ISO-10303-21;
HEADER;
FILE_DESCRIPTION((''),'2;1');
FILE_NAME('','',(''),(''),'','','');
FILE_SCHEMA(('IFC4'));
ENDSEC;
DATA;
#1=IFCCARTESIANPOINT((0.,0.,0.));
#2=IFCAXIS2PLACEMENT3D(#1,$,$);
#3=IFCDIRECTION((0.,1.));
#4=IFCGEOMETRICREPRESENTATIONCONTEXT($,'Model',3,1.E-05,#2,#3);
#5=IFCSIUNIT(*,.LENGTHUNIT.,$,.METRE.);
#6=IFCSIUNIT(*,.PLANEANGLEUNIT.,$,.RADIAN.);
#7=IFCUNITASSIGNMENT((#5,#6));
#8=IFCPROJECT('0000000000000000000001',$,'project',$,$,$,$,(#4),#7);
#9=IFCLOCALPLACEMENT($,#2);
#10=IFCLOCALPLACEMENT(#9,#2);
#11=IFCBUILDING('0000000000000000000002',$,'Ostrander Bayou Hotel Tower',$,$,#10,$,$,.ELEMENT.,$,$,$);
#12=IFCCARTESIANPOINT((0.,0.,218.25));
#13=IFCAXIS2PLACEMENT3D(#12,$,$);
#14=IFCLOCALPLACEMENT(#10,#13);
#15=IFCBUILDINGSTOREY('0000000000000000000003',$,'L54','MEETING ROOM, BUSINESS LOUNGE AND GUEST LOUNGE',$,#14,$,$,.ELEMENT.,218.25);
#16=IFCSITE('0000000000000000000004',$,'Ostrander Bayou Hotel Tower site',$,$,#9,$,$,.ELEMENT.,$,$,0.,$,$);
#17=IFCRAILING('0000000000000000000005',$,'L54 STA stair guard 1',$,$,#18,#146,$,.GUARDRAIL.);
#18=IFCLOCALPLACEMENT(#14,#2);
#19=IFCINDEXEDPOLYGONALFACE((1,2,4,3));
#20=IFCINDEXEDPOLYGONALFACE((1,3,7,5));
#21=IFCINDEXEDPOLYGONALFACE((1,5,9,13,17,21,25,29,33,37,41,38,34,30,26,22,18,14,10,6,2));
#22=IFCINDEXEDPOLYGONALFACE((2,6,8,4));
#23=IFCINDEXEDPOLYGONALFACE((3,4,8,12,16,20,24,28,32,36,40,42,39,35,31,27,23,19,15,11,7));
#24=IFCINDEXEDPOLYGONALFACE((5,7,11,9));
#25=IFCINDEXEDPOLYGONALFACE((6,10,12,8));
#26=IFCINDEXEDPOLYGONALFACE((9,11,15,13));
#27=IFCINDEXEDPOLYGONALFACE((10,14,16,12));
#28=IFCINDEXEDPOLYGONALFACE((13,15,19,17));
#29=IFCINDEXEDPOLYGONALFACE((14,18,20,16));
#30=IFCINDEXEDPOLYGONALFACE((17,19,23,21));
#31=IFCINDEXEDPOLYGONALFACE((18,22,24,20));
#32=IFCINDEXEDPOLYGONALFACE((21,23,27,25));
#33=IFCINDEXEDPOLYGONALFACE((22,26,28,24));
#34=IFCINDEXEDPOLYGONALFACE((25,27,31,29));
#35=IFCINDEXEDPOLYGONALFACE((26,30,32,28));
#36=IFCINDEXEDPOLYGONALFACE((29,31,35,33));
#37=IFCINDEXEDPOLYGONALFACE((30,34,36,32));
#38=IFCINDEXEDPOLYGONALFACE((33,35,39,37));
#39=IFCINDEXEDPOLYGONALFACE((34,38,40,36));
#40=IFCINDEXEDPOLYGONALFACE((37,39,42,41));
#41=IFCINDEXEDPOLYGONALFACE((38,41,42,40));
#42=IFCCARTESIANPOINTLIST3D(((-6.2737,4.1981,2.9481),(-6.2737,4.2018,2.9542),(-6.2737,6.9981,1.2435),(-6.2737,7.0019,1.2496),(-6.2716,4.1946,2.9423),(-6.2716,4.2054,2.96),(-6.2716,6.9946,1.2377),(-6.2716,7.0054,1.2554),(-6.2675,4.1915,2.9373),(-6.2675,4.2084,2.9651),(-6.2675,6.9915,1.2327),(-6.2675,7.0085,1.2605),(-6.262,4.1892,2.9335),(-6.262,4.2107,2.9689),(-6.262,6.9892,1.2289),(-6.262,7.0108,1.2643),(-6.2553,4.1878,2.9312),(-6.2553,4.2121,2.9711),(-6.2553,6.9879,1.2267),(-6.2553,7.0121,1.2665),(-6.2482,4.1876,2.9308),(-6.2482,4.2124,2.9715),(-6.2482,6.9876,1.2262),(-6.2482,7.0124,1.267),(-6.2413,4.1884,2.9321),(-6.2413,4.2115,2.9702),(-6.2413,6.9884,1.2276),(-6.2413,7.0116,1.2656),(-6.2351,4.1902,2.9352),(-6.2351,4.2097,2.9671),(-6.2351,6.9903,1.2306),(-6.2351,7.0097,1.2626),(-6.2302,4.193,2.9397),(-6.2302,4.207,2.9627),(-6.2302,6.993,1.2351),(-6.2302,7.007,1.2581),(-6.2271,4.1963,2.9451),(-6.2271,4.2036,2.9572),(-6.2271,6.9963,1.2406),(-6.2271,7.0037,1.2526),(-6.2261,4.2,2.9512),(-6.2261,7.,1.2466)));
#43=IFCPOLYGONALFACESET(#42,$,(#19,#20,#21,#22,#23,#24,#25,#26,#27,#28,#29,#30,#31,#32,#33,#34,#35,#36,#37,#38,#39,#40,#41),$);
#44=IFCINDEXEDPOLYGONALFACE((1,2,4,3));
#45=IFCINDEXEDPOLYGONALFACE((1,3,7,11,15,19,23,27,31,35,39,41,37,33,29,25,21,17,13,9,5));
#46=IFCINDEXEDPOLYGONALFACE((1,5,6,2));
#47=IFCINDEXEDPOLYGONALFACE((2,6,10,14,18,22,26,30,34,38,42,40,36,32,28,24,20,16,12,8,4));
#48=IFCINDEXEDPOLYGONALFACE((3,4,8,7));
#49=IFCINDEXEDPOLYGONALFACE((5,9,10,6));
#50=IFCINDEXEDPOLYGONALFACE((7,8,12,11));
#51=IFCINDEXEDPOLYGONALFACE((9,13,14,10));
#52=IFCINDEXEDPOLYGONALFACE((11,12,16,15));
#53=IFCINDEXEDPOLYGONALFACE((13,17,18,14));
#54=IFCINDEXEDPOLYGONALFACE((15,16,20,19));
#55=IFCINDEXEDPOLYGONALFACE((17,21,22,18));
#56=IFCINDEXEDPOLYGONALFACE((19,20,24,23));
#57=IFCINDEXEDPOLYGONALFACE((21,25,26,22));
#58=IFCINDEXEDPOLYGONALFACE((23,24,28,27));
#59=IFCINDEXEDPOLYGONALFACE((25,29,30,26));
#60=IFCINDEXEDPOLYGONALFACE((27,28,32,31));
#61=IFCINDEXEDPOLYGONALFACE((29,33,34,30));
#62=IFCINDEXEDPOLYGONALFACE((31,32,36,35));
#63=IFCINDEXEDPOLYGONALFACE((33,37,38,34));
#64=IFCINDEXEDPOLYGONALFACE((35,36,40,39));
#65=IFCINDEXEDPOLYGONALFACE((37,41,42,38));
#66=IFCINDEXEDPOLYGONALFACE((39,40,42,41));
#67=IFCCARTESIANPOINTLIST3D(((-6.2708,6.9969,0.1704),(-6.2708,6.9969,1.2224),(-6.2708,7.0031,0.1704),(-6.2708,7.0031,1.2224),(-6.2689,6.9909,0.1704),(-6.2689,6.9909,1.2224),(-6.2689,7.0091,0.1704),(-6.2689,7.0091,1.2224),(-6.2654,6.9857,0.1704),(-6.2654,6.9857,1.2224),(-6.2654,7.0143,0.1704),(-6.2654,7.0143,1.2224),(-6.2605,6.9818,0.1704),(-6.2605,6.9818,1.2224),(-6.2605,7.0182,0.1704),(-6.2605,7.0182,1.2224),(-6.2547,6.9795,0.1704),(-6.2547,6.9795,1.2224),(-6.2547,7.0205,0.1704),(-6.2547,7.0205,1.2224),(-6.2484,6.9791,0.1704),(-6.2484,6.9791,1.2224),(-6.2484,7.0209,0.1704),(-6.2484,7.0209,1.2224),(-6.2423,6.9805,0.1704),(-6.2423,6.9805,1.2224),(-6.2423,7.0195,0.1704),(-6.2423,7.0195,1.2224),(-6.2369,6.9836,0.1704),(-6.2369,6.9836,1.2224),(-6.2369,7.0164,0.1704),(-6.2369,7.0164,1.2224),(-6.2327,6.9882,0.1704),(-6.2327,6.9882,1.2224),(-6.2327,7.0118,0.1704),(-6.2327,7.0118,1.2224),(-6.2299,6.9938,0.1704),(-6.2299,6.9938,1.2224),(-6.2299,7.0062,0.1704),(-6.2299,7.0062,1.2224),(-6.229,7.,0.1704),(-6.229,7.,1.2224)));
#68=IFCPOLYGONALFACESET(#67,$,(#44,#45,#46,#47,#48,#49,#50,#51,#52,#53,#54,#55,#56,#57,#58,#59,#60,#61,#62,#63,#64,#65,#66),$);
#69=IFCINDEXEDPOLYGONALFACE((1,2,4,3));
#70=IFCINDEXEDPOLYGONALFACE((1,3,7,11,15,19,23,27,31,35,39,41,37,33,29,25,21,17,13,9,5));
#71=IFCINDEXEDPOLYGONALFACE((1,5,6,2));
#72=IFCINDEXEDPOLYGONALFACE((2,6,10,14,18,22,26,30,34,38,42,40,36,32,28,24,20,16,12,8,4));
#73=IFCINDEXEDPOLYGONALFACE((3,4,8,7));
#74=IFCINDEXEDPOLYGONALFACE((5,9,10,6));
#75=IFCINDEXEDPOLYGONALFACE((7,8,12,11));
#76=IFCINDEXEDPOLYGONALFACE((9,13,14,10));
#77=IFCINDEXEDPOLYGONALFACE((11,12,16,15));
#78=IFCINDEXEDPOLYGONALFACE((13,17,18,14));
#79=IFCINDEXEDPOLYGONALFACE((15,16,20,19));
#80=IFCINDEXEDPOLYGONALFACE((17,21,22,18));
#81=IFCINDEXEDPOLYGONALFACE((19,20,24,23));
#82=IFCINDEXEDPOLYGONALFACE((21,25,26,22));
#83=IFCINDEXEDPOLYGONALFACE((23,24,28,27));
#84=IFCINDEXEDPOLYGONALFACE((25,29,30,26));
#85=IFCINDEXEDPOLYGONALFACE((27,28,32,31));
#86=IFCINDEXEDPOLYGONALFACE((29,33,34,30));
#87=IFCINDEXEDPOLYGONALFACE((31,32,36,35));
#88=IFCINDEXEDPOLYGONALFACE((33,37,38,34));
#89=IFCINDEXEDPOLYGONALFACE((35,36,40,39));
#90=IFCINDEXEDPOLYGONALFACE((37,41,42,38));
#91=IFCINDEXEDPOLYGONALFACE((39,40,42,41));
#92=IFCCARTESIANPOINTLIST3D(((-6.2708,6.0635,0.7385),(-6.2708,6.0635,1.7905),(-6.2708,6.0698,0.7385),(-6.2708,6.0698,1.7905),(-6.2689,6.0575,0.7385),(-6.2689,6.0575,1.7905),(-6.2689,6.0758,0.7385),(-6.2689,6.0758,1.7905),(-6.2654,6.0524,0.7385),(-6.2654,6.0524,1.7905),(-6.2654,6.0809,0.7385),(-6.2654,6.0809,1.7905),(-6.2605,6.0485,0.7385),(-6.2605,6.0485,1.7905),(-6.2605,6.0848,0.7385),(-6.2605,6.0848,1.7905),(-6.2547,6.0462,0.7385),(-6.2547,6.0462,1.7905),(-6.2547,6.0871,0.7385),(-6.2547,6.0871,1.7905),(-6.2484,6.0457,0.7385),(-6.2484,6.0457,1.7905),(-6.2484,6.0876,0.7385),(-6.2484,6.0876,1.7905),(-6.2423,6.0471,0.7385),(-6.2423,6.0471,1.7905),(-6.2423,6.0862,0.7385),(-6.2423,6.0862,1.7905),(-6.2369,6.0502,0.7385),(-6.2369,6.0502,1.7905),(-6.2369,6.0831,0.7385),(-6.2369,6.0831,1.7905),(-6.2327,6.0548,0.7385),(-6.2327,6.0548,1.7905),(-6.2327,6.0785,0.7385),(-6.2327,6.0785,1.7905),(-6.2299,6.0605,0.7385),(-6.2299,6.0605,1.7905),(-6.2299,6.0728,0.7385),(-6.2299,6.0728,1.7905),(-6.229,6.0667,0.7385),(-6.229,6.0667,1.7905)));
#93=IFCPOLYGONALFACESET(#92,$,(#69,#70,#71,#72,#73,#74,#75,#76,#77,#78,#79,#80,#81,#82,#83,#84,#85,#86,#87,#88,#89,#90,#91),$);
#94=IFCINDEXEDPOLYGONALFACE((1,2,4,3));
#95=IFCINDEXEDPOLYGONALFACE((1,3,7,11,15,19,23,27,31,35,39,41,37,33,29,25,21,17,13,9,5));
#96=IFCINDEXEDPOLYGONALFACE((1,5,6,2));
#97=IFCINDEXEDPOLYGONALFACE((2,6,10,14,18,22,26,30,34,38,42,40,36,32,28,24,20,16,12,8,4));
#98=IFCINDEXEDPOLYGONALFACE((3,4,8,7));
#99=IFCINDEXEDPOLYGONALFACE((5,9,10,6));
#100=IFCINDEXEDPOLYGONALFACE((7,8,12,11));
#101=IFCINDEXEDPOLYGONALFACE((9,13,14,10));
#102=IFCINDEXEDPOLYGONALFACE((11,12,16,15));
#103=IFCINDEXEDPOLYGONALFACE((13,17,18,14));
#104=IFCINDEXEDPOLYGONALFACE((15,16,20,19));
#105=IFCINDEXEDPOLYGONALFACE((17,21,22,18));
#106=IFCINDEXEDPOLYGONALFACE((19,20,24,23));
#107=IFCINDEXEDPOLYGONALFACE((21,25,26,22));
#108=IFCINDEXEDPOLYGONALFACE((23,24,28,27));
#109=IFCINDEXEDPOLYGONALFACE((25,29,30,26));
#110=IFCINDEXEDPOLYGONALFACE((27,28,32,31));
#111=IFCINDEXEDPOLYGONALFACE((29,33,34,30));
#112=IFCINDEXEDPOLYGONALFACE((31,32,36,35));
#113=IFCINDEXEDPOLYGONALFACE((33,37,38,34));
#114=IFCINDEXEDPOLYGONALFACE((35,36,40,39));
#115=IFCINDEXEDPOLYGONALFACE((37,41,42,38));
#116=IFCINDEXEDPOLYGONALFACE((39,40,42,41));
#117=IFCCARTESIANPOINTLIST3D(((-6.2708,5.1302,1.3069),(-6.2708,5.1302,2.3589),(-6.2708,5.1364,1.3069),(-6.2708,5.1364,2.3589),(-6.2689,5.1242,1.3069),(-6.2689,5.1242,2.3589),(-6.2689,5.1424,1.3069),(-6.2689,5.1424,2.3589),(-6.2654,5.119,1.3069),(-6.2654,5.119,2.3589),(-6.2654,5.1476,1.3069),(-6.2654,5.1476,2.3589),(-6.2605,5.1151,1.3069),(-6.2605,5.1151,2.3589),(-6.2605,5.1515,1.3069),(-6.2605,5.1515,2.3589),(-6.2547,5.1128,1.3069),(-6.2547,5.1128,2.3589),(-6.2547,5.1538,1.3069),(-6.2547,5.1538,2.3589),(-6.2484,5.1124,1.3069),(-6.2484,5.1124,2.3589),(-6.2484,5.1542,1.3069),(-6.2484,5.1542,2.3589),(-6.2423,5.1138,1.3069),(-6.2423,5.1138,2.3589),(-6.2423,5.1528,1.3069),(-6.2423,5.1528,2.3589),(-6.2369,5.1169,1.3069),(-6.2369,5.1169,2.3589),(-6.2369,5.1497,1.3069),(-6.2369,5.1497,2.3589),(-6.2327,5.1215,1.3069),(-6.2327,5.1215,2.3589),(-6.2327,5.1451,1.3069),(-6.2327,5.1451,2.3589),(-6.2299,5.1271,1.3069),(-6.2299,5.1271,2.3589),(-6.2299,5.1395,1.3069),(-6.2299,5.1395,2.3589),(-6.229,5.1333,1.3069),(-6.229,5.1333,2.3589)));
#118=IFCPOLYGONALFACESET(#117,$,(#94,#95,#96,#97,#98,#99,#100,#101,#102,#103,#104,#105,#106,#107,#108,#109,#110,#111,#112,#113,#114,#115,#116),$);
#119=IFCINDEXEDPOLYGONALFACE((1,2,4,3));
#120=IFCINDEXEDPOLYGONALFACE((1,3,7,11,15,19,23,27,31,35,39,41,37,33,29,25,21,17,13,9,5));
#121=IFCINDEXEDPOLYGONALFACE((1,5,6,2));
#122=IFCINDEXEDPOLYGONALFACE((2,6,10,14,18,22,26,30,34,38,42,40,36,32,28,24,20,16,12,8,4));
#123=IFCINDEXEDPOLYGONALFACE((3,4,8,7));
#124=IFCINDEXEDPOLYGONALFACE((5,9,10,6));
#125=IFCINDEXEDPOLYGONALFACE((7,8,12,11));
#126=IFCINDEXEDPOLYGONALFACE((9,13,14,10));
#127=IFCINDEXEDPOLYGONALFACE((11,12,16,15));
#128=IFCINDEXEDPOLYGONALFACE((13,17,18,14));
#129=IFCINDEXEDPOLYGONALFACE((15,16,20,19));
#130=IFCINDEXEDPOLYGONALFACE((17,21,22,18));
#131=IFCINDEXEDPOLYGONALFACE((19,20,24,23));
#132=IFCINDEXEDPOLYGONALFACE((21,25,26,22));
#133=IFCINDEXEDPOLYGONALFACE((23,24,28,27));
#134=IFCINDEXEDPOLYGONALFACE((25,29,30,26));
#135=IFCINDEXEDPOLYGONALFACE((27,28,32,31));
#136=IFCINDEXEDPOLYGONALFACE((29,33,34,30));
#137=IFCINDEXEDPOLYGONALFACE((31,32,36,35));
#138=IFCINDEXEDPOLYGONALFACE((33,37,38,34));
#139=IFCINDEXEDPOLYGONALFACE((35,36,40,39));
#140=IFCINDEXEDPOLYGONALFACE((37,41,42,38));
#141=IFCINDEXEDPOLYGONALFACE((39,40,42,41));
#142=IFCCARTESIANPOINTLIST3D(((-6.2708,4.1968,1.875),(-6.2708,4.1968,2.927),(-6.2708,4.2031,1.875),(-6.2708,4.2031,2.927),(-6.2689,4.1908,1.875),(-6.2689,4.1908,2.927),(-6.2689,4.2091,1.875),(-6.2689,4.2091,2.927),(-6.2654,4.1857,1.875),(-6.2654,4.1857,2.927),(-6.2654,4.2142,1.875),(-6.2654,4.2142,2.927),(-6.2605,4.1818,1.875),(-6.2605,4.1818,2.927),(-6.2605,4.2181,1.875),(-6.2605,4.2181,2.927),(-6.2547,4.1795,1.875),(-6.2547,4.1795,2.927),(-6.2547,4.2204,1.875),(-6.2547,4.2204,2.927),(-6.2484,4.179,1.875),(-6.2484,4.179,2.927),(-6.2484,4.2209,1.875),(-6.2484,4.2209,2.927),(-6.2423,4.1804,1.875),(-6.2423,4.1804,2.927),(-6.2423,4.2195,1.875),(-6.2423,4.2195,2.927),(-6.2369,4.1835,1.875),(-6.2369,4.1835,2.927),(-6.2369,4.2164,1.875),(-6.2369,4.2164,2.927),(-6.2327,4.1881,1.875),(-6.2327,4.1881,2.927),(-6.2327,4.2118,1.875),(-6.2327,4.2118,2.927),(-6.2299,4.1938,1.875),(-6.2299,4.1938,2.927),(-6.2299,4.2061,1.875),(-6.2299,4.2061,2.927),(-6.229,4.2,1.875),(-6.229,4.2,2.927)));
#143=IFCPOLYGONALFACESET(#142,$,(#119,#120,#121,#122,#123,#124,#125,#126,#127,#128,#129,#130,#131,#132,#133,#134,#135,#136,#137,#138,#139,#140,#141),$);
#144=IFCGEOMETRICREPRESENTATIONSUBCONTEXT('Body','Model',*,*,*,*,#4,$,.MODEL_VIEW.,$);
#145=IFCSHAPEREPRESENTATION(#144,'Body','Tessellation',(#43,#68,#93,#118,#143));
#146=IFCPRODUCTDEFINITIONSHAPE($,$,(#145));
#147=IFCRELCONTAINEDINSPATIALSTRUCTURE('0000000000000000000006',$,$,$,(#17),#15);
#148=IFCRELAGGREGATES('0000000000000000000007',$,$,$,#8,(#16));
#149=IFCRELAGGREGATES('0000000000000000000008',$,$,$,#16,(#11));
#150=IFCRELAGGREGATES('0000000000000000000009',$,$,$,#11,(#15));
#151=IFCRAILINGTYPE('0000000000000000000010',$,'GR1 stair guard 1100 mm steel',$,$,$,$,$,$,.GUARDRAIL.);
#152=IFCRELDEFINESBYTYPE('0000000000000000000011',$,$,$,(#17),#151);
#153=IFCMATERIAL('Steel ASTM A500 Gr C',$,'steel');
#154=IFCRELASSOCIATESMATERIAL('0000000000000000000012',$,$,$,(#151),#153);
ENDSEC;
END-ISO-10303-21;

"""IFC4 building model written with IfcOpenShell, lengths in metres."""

from ifc_helpers import new_model, si_unit, direction, frame, origin, origin_2d, place, context, subcontext, project, spatial, circle, extrude, material, type_object, element, save


model = new_model("IFC4")

# Units and contexts
model_context = context("Model", 3, precision=1e-05, world=origin(), true_north=direction((0.0, 1.0)))
body_context = subcontext(model_context, "Body", "Model", "MODEL_VIEW")
ifc_project = project(units=[si_unit("LENGTHUNIT", "METRE"), si_unit("PLANEANGLEUNIT", "RADIAN")], contexts=[model_context])

# Site, building, storey
site_placement = place(None, origin())
site = spatial("IfcSite", under=ifc_project, at=site_placement, Name="Ostrander Bayou Hotel Tower site", CompositionType="ELEMENT", RefElevation=0.0)
building_placement = place(site_placement, origin())
building = spatial("IfcBuilding", under=site, at=building_placement, Name="Ostrander Bayou Hotel Tower", CompositionType="ELEMENT")
storey_placement = place(building_placement, frame((0.0, 0.0, 218.25)))
storey = spatial("IfcBuildingStorey", under=building, at=storey_placement, Name="L54", Description="MEETING ROOM, BUSINESS LOUNGE AND GUEST LOUNGE", CompositionType="ELEMENT", Elevation=218.25)

# Railing
ifc_material_1 = material(Name="Steel ASTM A500 Gr C", Category="steel")
railing_type_1 = type_object("IfcRailingType", Name="GR1 stair guard 1100 mm steel", PredefinedType="GUARDRAIL", material=ifc_material_1)
railing_1_placement = place(storey_placement, frame((-6.25, 7.0, 0.1704)))
element("IfcRailing", 1, at=railing_1_placement, inside=storey, type_object=railing_type_1, Name="L54 STA stair guard 1", PredefinedType="GUARDRAIL", context=body_context, shape_type="SweptSolid", body=[
    extrude(circle(Radius=0.0239, at=origin_2d()), frame((0.0, 0.0, 1.0762), z_axis=(0.0, -0.85417, 0.519994), x_axis=(1.0, 0.0, 0.0)), (0.0, 0.0, 1.0), 3.2781),
    extrude(circle(Radius=0.021, at=origin_2d()), origin(), (0.0, 0.0, 1.0), 1.052),
    extrude(circle(Radius=0.021, at=origin_2d()), frame((0.0, -0.9333, 0.5681)), (0.0, 0.0, 1.0), 1.052),
    extrude(circle(Radius=0.021, at=origin_2d()), frame((0.0, -1.8667, 1.1365)), (0.0, 0.0, 1.0), 1.052),
    extrude(circle(Radius=0.021, at=origin_2d()), frame((0.0, -2.8, 1.7046)), (0.0, 0.0, 1.0), 1.052),
])

save(model, "model.ifc")
